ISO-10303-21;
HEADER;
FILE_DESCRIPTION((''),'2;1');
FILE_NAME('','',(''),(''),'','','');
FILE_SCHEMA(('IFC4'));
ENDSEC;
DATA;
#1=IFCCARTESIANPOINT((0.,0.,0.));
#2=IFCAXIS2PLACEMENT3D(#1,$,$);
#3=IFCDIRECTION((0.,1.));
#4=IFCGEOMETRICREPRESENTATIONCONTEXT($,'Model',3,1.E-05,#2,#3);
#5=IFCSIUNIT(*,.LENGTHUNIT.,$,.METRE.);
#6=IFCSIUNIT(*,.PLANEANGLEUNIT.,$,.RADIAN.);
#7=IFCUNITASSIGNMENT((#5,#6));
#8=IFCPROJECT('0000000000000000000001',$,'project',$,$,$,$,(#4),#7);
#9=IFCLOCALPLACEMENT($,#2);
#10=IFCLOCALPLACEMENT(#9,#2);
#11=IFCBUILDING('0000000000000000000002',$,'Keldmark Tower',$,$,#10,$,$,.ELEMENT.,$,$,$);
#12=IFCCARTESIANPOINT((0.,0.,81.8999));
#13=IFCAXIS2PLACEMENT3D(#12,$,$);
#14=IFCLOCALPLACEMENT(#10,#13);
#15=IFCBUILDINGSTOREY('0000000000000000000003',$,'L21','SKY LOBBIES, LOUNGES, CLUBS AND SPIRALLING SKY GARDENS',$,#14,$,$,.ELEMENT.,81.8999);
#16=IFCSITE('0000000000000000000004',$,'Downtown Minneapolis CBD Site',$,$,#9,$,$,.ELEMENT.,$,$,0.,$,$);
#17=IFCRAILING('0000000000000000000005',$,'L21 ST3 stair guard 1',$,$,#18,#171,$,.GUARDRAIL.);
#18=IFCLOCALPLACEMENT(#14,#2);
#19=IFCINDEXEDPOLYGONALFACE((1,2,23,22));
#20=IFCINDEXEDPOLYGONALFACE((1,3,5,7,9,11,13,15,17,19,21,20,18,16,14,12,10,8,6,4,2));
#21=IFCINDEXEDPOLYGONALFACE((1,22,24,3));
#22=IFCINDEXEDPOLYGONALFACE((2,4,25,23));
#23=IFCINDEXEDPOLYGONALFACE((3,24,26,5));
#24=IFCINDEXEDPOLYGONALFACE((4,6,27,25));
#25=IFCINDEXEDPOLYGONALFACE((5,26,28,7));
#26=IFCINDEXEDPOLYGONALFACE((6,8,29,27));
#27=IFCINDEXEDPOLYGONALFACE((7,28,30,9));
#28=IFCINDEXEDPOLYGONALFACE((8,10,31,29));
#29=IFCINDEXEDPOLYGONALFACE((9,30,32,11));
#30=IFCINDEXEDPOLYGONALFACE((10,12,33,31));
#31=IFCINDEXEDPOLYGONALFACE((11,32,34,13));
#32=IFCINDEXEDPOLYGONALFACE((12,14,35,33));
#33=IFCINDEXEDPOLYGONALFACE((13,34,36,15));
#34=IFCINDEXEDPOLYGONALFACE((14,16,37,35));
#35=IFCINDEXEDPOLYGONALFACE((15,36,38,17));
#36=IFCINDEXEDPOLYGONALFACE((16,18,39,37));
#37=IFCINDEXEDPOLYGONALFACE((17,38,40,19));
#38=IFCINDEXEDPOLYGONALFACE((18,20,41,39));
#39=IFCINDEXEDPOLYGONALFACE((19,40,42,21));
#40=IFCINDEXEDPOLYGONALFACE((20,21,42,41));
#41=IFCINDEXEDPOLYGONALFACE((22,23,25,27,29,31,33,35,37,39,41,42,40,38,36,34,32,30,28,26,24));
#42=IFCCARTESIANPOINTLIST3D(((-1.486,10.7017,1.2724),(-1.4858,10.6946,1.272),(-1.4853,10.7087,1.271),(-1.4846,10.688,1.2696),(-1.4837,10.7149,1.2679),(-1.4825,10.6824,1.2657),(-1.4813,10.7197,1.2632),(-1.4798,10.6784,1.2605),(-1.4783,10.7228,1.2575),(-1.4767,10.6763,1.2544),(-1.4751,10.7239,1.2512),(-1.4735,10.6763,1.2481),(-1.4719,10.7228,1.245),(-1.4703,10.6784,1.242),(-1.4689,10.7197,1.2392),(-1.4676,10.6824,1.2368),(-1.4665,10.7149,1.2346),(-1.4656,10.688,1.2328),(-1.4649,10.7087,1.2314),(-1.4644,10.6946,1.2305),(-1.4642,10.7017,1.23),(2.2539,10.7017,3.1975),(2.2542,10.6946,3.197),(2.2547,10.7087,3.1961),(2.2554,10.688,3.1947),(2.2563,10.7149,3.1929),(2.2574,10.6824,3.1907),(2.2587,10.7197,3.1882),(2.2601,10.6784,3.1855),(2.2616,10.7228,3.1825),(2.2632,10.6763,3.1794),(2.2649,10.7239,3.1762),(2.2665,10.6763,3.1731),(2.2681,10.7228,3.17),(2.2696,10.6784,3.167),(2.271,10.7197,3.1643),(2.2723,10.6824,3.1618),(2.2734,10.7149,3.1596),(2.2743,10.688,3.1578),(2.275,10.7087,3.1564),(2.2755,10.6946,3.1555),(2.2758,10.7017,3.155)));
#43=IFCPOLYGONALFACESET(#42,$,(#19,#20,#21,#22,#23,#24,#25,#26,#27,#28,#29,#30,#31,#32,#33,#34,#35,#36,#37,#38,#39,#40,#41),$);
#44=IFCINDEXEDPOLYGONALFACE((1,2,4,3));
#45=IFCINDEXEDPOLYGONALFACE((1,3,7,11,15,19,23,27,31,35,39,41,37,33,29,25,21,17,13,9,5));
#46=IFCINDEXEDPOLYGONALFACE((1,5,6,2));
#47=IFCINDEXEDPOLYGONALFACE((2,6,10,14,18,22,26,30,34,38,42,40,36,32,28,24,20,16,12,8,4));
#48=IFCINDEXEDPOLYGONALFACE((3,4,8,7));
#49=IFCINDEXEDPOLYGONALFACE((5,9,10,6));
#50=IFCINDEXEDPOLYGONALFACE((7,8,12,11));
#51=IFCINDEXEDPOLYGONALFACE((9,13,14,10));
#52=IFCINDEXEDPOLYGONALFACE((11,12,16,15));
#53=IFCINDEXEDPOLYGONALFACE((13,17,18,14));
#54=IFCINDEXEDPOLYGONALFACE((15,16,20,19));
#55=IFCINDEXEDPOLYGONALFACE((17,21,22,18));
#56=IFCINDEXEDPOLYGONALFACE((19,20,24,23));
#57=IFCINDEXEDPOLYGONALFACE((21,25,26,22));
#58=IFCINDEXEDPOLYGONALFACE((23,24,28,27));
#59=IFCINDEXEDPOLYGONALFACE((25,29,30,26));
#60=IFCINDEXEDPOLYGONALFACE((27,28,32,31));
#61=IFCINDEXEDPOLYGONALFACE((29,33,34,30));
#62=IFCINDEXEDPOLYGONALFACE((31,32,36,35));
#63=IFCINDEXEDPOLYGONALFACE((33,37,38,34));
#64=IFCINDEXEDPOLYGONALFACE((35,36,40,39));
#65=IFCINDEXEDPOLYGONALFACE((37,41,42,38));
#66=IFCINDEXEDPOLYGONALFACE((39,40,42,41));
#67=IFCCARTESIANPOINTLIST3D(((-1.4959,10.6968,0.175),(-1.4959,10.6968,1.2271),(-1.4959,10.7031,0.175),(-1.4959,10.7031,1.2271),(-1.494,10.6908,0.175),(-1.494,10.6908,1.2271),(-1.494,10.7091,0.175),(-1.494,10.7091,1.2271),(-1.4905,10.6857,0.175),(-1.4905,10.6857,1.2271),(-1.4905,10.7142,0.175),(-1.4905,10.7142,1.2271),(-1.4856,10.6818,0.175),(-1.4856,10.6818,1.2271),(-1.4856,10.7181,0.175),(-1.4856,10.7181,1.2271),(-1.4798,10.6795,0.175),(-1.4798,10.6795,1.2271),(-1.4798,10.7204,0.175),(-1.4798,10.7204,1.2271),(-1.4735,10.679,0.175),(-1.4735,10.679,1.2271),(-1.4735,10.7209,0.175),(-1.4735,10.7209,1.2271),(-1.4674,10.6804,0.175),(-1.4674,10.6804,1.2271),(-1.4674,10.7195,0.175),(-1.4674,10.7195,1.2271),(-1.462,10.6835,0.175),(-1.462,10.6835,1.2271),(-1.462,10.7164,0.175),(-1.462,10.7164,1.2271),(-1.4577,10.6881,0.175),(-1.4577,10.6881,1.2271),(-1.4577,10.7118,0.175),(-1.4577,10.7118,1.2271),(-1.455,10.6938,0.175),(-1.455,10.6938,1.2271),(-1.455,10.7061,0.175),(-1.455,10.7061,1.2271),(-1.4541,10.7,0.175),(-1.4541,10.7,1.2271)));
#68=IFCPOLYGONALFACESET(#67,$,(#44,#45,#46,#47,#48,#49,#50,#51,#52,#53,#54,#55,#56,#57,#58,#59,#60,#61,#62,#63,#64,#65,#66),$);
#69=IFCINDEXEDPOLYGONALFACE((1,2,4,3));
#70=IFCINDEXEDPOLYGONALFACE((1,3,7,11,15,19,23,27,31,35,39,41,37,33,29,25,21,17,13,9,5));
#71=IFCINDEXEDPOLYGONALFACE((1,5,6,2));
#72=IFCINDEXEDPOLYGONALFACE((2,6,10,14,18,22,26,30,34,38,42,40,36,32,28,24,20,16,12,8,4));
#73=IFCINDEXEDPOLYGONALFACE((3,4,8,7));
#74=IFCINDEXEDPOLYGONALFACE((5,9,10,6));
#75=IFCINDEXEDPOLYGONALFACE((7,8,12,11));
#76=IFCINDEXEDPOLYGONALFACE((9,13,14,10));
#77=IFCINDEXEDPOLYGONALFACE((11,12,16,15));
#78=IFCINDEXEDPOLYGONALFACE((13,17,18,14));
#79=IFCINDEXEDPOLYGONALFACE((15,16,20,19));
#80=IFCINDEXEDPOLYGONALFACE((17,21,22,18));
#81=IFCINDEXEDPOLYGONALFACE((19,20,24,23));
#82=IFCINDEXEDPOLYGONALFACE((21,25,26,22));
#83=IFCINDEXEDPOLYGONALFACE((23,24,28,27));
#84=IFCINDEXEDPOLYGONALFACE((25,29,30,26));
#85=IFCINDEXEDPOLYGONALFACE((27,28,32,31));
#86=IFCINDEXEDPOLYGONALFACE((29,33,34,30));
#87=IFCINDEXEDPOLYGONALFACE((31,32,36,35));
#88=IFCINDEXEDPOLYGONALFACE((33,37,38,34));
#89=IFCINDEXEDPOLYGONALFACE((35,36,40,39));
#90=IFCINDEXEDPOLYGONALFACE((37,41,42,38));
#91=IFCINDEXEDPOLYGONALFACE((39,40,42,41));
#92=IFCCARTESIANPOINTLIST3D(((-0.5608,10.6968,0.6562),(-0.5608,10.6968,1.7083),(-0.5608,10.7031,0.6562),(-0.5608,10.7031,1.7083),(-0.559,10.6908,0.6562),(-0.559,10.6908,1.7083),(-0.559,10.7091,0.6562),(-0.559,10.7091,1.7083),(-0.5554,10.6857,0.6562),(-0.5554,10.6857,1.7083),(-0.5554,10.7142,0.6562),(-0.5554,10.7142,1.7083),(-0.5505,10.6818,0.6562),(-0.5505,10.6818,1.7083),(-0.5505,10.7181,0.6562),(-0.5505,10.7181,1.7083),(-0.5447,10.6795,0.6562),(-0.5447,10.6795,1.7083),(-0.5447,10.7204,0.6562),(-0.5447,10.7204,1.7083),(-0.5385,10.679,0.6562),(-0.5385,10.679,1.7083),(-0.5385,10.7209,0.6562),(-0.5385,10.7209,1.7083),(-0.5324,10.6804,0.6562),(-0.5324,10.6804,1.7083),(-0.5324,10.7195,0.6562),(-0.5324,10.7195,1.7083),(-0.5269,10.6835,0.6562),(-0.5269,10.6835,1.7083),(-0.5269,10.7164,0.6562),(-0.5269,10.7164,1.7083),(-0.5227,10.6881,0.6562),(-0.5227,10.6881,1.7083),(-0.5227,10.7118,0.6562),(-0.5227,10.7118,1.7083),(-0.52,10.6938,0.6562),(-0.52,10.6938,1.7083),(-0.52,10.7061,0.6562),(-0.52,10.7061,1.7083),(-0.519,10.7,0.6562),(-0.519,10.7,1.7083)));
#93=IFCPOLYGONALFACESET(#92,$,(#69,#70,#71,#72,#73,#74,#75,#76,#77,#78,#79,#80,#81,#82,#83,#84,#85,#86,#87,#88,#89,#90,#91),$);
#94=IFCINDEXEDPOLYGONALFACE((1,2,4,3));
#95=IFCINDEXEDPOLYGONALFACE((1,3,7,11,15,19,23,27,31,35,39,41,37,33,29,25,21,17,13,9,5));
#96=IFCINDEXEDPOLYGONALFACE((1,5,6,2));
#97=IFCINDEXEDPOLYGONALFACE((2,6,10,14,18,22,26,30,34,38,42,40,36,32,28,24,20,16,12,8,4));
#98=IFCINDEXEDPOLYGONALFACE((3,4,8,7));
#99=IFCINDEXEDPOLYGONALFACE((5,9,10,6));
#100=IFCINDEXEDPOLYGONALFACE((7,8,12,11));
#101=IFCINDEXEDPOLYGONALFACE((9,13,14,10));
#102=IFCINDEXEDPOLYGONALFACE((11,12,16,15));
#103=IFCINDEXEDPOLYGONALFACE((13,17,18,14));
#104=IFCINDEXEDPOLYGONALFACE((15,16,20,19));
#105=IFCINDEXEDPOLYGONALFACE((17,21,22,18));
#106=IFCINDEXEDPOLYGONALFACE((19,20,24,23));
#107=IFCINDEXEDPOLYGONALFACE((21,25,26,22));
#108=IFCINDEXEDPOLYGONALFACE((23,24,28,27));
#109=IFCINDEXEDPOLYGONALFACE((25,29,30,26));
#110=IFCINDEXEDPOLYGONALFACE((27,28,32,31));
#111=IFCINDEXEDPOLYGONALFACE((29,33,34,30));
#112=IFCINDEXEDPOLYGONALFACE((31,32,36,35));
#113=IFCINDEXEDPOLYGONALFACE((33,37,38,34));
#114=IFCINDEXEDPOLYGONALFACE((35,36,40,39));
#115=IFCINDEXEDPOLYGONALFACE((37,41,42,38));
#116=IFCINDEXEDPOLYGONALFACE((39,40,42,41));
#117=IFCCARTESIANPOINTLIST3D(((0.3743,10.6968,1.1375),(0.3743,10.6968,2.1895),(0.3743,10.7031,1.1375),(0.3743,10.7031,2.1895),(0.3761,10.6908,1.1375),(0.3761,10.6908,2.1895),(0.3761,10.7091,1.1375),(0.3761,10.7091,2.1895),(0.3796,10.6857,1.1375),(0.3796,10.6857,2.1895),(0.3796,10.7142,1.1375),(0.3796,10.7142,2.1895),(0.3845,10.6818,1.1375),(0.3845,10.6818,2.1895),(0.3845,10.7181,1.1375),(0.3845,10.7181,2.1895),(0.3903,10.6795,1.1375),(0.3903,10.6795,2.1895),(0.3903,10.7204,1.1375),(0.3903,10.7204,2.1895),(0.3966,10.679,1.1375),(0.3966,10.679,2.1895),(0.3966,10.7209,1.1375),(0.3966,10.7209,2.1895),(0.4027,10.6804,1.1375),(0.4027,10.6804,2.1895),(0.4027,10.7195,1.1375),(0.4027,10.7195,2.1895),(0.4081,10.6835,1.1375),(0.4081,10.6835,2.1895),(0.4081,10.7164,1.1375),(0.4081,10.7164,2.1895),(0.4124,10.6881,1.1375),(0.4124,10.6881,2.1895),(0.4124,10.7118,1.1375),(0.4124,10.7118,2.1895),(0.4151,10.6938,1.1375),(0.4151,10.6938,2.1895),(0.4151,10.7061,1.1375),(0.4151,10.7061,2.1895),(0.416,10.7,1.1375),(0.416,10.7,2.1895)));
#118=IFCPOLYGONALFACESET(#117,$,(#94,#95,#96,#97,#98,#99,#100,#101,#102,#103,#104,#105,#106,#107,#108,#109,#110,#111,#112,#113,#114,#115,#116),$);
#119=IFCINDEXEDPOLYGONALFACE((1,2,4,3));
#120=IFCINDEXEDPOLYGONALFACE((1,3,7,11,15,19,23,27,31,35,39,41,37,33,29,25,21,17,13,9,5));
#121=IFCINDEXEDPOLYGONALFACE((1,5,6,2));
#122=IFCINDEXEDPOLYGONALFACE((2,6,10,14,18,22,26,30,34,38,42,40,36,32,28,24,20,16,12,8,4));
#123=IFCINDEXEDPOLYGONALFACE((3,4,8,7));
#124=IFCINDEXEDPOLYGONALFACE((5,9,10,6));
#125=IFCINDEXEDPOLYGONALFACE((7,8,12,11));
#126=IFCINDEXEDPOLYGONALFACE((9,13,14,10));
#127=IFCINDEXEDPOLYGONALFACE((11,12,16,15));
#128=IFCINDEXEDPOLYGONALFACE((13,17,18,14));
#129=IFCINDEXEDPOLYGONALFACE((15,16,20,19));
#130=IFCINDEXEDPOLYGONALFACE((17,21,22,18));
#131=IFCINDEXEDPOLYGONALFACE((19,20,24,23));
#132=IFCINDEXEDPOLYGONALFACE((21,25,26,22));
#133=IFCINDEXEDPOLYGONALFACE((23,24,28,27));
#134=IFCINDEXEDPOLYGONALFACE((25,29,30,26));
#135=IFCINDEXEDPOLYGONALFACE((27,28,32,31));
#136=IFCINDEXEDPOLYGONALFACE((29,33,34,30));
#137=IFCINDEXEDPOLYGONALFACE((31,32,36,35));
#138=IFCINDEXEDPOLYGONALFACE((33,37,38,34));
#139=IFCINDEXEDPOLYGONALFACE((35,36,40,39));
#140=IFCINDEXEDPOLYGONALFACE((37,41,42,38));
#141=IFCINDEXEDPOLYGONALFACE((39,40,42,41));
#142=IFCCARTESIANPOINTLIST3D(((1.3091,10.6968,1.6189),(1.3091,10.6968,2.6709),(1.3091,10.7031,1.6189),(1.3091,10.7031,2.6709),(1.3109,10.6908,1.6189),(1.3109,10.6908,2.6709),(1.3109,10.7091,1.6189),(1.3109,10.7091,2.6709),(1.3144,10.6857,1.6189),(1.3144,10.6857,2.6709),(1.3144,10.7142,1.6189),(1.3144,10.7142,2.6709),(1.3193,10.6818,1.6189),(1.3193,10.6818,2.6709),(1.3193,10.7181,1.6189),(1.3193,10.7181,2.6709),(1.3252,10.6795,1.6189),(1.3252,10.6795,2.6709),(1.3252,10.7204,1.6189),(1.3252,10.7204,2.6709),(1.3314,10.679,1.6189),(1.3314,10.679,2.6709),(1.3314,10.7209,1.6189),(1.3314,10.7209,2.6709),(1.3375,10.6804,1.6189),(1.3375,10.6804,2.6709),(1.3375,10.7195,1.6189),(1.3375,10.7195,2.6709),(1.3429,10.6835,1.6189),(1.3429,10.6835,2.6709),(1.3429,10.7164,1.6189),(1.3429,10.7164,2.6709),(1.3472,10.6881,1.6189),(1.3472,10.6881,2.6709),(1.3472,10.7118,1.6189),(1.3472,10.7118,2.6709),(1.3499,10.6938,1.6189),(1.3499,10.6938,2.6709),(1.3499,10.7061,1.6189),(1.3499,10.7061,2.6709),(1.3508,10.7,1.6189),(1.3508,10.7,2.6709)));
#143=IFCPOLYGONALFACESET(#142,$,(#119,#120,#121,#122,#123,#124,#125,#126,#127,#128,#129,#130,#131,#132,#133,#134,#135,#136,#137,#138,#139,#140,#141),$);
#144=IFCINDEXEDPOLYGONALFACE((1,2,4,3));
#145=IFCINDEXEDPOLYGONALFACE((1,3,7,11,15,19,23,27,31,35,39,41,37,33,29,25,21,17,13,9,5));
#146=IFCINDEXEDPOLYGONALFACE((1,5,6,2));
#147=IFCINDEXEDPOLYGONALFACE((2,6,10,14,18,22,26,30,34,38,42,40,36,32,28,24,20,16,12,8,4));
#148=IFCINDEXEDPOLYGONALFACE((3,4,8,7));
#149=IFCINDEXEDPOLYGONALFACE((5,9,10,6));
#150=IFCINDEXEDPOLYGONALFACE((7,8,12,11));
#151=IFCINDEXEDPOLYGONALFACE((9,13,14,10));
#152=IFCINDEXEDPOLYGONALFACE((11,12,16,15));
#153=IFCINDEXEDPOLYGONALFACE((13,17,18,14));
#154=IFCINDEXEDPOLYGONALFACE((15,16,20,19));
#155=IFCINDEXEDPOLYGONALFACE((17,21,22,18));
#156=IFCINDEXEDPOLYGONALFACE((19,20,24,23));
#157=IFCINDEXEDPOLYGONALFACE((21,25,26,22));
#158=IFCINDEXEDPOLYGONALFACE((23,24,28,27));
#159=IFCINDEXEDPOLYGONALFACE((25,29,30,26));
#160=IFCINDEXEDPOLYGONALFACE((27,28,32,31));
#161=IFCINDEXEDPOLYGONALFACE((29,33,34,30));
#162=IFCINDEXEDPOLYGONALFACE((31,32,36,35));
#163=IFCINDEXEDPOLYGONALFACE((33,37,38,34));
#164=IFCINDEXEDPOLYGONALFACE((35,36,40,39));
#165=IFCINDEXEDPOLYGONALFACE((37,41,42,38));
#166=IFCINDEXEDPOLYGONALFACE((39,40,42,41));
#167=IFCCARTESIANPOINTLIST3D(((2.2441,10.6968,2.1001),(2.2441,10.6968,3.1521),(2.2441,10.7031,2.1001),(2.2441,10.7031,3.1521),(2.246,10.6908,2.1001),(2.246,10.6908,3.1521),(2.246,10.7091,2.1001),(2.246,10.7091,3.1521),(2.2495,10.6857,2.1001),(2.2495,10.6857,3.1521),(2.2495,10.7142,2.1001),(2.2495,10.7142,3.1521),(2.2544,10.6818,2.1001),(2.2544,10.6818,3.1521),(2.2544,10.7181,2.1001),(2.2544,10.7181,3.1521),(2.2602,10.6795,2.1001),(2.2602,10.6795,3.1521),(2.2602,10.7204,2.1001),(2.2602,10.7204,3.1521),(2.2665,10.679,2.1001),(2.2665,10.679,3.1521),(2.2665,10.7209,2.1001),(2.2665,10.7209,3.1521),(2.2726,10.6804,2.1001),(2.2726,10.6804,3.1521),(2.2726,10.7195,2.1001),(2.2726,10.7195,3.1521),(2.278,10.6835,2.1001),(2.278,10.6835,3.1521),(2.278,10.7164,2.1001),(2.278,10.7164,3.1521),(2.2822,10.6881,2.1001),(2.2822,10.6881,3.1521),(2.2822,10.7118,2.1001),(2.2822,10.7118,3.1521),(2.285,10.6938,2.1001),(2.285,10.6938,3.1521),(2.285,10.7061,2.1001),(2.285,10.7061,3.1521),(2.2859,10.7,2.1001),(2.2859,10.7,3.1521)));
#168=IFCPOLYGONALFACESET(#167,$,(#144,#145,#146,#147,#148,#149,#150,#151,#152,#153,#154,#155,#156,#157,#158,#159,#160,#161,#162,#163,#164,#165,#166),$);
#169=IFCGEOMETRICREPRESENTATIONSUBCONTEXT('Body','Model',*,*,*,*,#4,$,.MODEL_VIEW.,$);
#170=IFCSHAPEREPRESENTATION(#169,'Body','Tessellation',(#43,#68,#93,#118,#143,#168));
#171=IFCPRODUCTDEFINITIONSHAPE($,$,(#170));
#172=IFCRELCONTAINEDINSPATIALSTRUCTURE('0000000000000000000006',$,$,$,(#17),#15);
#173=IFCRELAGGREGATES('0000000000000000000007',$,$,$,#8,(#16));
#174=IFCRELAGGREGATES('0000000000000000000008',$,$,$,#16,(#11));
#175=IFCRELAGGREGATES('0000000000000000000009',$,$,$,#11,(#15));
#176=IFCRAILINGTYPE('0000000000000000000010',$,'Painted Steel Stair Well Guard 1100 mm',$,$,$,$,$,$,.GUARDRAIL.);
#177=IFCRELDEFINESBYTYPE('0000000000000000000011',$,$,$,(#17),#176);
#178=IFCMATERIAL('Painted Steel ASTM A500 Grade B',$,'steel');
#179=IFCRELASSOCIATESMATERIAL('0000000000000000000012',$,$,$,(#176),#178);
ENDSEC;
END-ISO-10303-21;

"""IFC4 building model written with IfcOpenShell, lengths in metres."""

from ifc_helpers import new_model, si_unit, direction, frame, origin, origin_2d, place, context, subcontext, project, spatial, circle, extrude, material, type_object, element, save


model = new_model("IFC4")

# Units and contexts
model_context = context("Model", 3, precision=1e-05, world=origin(), true_north=direction((0.0, 1.0)))
body_context = subcontext(model_context, "Body", "Model", "MODEL_VIEW")
ifc_project = project(units=[si_unit("LENGTHUNIT", "METRE"), si_unit("PLANEANGLEUNIT", "RADIAN")], contexts=[model_context])

# Site, building, storey
site_placement = place(None, origin())
site = spatial("IfcSite", under=ifc_project, at=site_placement, Name="Downtown Minneapolis CBD Site", CompositionType="ELEMENT", RefElevation=0.0)
building_placement = place(site_placement, origin())
building = spatial("IfcBuilding", under=site, at=building_placement, Name="Keldmark Tower", CompositionType="ELEMENT")
storey_placement = place(building_placement, frame((0.0, 0.0, 81.8999)))
storey = spatial("IfcBuildingStorey", under=building, at=storey_placement, Name="L21", Description="SKY LOBBIES, LOUNGES, CLUBS AND SPIRALLING SKY GARDENS", CompositionType="ELEMENT", Elevation=81.8999)

# Railing
ifc_material_1 = material(Name="Painted Steel ASTM A500 Grade B", Category="steel")
railing_type_1 = type_object("IfcRailingType", Name="Painted Steel Stair Well Guard 1100 mm", PredefinedType="GUARDRAIL", material=ifc_material_1)
railing_1_placement = place(storey_placement, frame((-1.4751, 10.7, 0.175)))
element("IfcRailing", 1, at=railing_1_placement, inside=storey, type_object=railing_type_1, Name="L21 ST3 stair guard 1", PredefinedType="GUARDRAIL", context=body_context, shape_type="SweptSolid", body=[
    extrude(circle(Radius=0.0239, at=origin_2d()), frame((0.0, 0.0, 1.0762), z_axis=(0.889131, 0.0, 0.457654), x_axis=(0.0, 1.0, 0.0)), (0.0, 0.0, 1.0), 4.2063),
    extrude(circle(Radius=0.021, at=origin_2d()), origin(), (0.0, 0.0, 1.0), 1.052),
    extrude(circle(Radius=0.021, at=origin_2d()), frame((0.9351, 0.0, 0.4812)), (0.0, 0.0, 1.0), 1.052),
    extrude(circle(Radius=0.021, at=origin_2d()), frame((1.8701, 0.0, 0.9624)), (0.0, 0.0, 1.0), 1.052),
    extrude(circle(Radius=0.021, at=origin_2d()), frame((2.8049, 0.0, 1.4438)), (0.0, 0.0, 1.0), 1.052),
    extrude(circle(Radius=0.021, at=origin_2d()), frame((3.74, 0.0, 1.925)), (0.0, 0.0, 1.0), 1.052),
])

save(model, "model.ifc")
